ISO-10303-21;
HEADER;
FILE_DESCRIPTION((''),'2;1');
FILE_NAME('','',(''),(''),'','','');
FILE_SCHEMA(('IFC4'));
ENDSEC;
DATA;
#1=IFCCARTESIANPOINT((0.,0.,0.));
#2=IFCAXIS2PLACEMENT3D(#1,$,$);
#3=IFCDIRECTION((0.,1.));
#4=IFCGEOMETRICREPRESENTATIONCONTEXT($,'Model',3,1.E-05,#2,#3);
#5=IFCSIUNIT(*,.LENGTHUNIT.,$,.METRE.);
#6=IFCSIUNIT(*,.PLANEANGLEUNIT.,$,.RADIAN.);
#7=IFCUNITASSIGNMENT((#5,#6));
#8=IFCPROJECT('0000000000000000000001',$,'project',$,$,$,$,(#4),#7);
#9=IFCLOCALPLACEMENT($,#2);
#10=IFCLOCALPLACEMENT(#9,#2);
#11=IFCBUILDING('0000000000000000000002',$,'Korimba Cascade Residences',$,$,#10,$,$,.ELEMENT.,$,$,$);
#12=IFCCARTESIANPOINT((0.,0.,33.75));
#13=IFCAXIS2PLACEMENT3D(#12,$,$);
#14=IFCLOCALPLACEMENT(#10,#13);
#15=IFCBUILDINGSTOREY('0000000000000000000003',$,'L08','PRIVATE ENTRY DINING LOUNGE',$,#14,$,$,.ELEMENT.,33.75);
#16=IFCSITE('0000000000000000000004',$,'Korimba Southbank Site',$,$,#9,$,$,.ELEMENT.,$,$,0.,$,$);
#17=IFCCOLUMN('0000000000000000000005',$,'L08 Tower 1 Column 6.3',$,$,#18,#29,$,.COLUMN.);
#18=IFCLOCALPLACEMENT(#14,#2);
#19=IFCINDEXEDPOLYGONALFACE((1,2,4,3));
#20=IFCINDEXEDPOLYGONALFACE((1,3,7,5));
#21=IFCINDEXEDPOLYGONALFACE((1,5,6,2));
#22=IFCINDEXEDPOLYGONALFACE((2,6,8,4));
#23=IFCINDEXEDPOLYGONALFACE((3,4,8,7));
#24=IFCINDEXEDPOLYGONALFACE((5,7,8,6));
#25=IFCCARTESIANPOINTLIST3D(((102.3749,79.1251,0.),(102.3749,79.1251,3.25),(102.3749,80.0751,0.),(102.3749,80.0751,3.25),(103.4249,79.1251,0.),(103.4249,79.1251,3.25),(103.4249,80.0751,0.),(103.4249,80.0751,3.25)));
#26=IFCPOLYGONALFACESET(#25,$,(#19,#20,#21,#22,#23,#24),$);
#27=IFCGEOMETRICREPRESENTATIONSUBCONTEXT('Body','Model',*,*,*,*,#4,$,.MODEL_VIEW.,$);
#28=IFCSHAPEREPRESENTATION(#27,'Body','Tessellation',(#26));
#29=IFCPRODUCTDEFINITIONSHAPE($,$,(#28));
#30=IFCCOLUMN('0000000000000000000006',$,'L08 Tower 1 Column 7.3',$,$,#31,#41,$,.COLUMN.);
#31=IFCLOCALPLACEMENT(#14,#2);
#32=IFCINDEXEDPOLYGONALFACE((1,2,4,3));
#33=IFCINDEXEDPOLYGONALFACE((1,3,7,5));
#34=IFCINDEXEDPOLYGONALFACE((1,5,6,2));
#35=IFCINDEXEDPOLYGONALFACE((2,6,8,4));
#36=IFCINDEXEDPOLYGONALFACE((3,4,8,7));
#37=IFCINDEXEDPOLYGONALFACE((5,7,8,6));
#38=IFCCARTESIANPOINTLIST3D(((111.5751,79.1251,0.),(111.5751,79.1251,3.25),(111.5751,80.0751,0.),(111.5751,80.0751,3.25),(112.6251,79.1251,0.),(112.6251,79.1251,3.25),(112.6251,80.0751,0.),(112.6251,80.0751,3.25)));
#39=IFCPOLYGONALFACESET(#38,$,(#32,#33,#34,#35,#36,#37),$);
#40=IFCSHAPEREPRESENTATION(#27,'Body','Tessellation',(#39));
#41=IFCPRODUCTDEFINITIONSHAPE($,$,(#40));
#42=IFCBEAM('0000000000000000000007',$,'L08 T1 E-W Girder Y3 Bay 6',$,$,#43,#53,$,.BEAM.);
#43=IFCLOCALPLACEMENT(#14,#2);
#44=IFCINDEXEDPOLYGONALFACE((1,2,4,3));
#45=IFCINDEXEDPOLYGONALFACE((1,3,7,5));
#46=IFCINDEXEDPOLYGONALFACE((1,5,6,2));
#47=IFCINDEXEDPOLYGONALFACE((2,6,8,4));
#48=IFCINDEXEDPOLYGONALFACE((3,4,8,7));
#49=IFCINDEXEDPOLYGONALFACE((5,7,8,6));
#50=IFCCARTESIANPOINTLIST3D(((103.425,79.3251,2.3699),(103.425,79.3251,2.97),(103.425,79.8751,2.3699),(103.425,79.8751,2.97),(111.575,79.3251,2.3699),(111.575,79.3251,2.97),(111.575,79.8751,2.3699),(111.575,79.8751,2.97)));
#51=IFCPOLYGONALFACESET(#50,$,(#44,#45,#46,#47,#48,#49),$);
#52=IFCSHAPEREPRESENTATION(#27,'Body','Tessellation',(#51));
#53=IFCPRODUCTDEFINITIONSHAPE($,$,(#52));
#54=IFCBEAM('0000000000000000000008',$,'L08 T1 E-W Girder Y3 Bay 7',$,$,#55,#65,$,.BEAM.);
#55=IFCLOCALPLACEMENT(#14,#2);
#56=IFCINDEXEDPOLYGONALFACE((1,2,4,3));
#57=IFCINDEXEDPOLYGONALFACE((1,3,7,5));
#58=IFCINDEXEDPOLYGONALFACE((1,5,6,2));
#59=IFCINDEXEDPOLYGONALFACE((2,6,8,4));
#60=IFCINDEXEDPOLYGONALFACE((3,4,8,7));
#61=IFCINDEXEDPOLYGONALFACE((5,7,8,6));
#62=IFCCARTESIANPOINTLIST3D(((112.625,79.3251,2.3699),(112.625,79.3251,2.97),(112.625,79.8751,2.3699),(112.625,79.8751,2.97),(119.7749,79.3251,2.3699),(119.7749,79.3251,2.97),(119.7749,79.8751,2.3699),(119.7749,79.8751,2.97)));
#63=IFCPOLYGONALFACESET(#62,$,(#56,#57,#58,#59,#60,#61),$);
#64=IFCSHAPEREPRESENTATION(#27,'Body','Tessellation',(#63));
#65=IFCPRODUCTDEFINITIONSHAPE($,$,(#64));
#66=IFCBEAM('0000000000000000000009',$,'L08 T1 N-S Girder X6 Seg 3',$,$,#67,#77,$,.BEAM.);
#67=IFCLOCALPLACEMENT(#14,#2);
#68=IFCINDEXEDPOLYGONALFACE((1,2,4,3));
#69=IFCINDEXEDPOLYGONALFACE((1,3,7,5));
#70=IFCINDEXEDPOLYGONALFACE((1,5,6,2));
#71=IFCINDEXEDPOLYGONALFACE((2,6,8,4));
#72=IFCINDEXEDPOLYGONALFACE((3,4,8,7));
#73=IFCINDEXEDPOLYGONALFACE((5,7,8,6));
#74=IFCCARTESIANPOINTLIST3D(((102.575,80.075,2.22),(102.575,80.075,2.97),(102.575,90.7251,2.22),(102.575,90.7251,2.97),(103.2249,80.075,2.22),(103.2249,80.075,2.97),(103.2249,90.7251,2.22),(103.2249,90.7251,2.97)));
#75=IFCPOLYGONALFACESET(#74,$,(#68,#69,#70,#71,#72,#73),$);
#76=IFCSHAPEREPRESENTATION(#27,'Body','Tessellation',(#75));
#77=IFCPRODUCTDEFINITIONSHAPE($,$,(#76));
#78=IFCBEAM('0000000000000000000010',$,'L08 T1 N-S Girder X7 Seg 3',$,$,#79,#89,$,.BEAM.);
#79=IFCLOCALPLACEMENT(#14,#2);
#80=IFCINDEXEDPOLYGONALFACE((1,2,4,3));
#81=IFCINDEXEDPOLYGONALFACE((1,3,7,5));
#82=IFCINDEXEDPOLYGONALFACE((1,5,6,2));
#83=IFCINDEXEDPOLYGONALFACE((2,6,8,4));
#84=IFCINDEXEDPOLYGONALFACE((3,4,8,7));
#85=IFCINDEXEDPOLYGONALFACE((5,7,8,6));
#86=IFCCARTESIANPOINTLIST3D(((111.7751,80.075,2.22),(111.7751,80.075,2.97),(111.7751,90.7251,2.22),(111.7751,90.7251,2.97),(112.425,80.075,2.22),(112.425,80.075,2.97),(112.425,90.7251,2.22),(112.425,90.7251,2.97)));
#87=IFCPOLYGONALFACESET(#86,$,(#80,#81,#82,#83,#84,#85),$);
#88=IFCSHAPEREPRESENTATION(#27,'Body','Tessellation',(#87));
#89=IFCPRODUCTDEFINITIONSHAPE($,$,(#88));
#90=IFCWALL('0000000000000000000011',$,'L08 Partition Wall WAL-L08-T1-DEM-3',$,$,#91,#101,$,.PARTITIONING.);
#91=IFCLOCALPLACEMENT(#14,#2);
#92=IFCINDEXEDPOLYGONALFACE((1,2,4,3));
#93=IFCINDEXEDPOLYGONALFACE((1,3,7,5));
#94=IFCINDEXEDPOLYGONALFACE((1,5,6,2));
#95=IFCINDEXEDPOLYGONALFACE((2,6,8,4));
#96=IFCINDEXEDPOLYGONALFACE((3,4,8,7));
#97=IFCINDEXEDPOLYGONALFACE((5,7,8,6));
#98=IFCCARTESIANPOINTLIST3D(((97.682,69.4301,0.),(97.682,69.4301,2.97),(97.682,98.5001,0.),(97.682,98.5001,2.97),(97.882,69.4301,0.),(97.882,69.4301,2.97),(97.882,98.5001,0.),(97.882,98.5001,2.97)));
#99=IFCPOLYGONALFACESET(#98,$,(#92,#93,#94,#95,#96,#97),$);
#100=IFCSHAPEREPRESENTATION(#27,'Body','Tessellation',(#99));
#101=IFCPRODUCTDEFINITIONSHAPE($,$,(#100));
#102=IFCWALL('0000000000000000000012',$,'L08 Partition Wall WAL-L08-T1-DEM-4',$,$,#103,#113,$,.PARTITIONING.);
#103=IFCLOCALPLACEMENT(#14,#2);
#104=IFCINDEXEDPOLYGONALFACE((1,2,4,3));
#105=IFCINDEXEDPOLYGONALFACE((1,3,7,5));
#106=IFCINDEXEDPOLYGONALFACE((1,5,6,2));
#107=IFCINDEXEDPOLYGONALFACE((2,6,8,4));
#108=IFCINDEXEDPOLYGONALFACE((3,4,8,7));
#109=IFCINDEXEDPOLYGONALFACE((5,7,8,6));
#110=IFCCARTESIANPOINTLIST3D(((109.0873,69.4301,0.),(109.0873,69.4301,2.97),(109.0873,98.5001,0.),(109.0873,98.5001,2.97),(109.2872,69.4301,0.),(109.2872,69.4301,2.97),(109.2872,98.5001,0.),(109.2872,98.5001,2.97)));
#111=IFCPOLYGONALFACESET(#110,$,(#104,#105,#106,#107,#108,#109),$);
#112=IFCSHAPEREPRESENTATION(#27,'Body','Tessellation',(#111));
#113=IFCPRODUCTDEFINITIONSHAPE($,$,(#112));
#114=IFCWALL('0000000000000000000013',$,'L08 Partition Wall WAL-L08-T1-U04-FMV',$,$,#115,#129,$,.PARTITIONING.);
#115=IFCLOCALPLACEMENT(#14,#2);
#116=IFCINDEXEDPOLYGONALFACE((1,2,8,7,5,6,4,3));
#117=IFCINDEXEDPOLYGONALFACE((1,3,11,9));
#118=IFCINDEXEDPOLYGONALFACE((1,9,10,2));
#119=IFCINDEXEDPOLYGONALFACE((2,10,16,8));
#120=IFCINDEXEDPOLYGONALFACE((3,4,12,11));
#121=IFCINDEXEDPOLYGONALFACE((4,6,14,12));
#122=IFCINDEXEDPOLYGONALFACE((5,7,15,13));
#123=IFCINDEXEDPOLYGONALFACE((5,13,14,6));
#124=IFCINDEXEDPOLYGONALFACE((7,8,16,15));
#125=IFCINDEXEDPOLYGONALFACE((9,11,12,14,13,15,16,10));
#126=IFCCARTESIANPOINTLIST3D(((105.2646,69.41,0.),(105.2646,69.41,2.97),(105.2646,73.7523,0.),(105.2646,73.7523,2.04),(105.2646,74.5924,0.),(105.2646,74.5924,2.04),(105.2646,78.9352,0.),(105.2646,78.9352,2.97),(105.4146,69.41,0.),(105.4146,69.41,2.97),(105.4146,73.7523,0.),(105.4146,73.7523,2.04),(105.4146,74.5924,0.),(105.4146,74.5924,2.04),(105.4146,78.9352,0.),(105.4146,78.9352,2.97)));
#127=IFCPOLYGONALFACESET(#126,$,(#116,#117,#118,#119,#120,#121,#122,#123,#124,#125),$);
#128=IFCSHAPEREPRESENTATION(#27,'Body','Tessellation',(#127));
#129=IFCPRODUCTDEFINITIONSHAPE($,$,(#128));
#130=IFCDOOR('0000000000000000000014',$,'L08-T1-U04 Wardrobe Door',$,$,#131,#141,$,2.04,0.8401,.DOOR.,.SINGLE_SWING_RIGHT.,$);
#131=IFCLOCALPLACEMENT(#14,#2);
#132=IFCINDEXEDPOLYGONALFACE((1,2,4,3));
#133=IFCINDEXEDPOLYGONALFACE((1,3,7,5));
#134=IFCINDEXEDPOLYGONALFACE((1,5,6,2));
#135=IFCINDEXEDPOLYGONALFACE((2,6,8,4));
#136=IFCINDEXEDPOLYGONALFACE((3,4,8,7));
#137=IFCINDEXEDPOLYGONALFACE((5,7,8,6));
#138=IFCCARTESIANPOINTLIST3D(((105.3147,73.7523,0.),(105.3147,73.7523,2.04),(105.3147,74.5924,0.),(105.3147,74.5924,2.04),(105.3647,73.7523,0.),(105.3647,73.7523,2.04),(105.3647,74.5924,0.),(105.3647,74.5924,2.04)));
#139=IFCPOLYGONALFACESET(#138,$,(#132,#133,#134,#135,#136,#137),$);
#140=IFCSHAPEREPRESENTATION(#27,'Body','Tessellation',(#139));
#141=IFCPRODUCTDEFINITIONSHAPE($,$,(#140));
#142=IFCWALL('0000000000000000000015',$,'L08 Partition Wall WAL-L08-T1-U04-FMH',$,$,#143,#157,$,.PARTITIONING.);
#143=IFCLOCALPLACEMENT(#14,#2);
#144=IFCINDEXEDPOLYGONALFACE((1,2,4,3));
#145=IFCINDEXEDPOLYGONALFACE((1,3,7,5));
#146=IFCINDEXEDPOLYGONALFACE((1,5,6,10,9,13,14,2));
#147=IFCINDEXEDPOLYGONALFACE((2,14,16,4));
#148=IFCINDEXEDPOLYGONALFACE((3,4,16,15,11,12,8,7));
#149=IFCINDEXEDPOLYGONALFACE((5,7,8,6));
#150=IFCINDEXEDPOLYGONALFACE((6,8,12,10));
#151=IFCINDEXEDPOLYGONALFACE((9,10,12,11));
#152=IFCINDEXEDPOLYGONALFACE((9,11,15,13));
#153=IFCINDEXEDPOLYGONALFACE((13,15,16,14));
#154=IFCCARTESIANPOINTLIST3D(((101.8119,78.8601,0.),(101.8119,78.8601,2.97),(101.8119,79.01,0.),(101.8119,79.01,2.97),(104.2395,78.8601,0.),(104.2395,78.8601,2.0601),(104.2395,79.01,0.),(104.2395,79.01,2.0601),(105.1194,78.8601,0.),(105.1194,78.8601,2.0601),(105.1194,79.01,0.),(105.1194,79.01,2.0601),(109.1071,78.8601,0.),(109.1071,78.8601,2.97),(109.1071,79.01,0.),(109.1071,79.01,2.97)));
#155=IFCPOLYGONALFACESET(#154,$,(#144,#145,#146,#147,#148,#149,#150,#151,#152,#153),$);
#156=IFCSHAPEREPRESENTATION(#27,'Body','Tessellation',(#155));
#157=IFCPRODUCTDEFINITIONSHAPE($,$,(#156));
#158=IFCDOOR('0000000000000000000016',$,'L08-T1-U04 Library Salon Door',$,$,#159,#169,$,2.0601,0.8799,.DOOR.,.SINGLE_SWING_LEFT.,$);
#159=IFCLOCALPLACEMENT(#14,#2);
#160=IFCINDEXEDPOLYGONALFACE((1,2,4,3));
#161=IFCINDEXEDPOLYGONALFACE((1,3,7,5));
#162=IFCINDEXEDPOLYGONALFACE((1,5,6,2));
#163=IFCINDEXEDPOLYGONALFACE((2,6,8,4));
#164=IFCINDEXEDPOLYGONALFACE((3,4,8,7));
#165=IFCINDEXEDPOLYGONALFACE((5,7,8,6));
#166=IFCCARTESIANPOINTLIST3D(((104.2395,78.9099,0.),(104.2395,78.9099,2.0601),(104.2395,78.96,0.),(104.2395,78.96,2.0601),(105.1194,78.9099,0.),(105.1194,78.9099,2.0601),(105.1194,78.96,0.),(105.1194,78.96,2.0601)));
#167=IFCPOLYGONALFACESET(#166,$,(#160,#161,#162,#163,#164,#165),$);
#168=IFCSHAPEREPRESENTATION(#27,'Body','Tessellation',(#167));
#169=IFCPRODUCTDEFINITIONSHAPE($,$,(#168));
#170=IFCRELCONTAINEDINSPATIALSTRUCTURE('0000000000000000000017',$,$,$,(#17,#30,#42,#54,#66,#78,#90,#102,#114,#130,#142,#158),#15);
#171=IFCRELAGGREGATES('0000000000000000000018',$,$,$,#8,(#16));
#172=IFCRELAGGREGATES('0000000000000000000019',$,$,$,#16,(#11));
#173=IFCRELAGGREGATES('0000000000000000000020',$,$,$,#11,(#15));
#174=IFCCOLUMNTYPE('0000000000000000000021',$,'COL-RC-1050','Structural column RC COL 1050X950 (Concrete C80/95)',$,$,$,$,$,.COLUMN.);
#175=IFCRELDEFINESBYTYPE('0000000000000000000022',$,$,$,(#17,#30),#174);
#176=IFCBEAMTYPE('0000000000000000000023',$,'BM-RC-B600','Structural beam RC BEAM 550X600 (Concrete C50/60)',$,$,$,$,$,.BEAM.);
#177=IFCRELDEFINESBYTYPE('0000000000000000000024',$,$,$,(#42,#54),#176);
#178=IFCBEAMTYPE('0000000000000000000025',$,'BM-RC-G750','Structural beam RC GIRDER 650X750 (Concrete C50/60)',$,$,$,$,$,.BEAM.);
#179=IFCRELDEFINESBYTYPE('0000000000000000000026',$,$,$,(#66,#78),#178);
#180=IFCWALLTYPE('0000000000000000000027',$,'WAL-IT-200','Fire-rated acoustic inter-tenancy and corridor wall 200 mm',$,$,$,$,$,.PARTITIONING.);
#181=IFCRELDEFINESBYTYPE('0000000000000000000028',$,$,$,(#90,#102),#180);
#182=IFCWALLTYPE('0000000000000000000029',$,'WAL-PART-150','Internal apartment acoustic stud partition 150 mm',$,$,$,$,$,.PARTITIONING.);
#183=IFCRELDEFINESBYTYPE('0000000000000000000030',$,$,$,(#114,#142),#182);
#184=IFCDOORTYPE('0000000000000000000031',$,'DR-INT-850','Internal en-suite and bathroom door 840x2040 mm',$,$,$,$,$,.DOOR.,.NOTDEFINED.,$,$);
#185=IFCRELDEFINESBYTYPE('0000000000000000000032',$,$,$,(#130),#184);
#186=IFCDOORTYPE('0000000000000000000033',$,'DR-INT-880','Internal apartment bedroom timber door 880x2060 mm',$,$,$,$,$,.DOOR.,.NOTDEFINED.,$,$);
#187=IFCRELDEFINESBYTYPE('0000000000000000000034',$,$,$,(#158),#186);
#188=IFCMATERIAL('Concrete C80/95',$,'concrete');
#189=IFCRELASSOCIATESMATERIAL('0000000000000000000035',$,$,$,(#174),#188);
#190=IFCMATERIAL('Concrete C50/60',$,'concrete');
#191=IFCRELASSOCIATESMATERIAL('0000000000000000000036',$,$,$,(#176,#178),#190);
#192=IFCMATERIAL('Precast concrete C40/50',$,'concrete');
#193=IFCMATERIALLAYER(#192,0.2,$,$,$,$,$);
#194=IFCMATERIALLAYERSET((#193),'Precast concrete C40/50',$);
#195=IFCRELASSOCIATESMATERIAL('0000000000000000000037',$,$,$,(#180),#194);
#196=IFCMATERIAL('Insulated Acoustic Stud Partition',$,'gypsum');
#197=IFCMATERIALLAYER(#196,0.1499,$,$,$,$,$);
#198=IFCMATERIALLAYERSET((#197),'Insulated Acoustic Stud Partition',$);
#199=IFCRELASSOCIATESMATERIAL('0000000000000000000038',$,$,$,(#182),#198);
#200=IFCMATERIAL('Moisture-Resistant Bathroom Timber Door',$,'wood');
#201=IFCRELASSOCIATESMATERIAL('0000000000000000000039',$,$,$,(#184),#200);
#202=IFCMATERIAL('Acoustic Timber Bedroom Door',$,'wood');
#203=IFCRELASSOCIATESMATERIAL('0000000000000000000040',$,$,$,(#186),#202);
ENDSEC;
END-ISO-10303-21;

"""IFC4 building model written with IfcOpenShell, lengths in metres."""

from ifc_helpers import new_model, si_unit, direction, frame, frame_2d, origin, origin_2d, place, context, subcontext, project, spatial, rectangle, extrude, material, layer, layer_set, material_profile, profile_set, type_object, element, fill, save


model = new_model("IFC4")

# Units and contexts
model_context = context("Model", 3, precision=1e-05, world=origin(), true_north=direction((0.0, 1.0)))
body_context = subcontext(model_context, "Body", "Model", "MODEL_VIEW")
ifc_project = project(units=[si_unit("LENGTHUNIT", "METRE"), si_unit("PLANEANGLEUNIT", "RADIAN")], contexts=[model_context])

# Site, building, storey
site_placement = place(None, origin())
site = spatial("IfcSite", under=ifc_project, at=site_placement, Name="Korimba Southbank Site", CompositionType="ELEMENT", RefElevation=0.0)
building_placement = place(site_placement, origin())
building = spatial("IfcBuilding", under=site, at=building_placement, Name="Korimba Cascade Residences", CompositionType="ELEMENT")
storey_placement = place(building_placement, frame((0.0, 0.0, 33.75)))
storey = spatial("IfcBuildingStorey", under=building, at=storey_placement, Name="L08", Description="PRIVATE ENTRY DINING LOUNGE", CompositionType="ELEMENT", Elevation=33.75)

# Columns
ifc_material_1 = material(Name="Concrete C80/95", Category="concrete")
ifc_material_profile_1 = material_profile(ifc_material_1, rectangle(XDim=1.05, YDim=0.95, at=origin_2d()), Name="Concrete C80/95")
ifc_profile_set_1 = profile_set([ifc_material_profile_1], Name="Concrete C80/95")
column_type = type_object("IfcColumnType", Name="COL-RC-1050", Description="Structural column RC COL 1050X950 (Concrete C80/95)", PredefinedType="COLUMN", material=ifc_profile_set_1)
for number, where, z_axis, x_axis, name in (
    (1, (102.8999, 79.6001, 0.0), (0.0, 0.0, 1.0), (1.0, 0.0, 0.0), "L08 Tower 1 Column 6.3"),
    (2, (112.1001, 79.6001, 0.0), (0.0, 0.0, 1.0), (1.0, 0.0, 0.0), "L08 Tower 1 Column 7.3"),
):
    element("IfcColumn", number, at=place(storey_placement, frame(where, z_axis=z_axis, x_axis=x_axis)), inside=storey, type_object=column_type, Name=name, PredefinedType="COLUMN", context=body_context, shape_type="SweptSolid", body=[
        extrude(rectangle(XDim=1.05, YDim=0.95, at=origin_2d()), origin(), (0.0, 0.0, 1.0), 3.25),
    ])

# Beams
ifc_material_2 = material(Name="Concrete C50/60", Category="concrete")
ifc_material_profile_2 = material_profile(ifc_material_2, rectangle(XDim=0.55, YDim=0.6001, at=origin_2d()), Name="Concrete C50/60")
ifc_profile_set_2 = profile_set([ifc_material_profile_2], Name="Concrete C50/60")
beam_type_1 = type_object("IfcBeamType", Name="BM-RC-B600", Description="Structural beam RC BEAM 550X600 (Concrete C50/60)", PredefinedType="BEAM", material=ifc_profile_set_2)
beam_1_placement = place(storey_placement, frame((103.425, 79.6001, 2.6699), z_axis=(1.0, 0.0, 0.0), x_axis=(0.0, 1.0, 0.0)))
element("IfcBeam", 3, at=beam_1_placement, inside=storey, type_object=beam_type_1, Name="L08 T1 E-W Girder Y3 Bay 6", PredefinedType="BEAM", context=body_context, shape_type="SweptSolid", body=[
    extrude(rectangle(XDim=0.55, YDim=0.6001, at=origin_2d()), origin(), (0.0, 0.0, 1.0), 8.1499),
])
beam_2_placement = place(storey_placement, frame((112.625, 79.6001, 2.6699), z_axis=(1.0, 0.0, 0.0), x_axis=(0.0, 1.0, 0.0)))
element("IfcBeam", 4, at=beam_2_placement, inside=storey, type_object=beam_type_1, Name="L08 T1 E-W Girder Y3 Bay 7", PredefinedType="BEAM", context=body_context, shape_type="SweptSolid", body=[
    extrude(rectangle(XDim=0.55, YDim=0.6001, at=origin_2d()), origin(), (0.0, 0.0, 1.0), 7.1499),
])
ifc_material_profile_3 = material_profile(ifc_material_2, rectangle(XDim=0.6499, YDim=0.75, at=origin_2d()), Name="Concrete C50/60")
ifc_profile_set_3 = profile_set([ifc_material_profile_3], Name="Concrete C50/60")
beam_type_2 = type_object("IfcBeamType", Name="BM-RC-G750", Description="Structural beam RC GIRDER 650X750 (Concrete C50/60)", PredefinedType="BEAM", material=ifc_profile_set_3)
for number, where, z_axis, x_axis, name in (
    (5, (102.8999, 80.075, 2.595), (0.0, 1.0, 0.0), (-1.0, 0.0, 0.0), "L08 T1 N-S Girder X6 Seg 3"),
    (6, (112.1001, 80.075, 2.595), (0.0, 1.0, 0.0), (-1.0, 0.0, 0.0), "L08 T1 N-S Girder X7 Seg 3"),
):
    element("IfcBeam", number, at=place(storey_placement, frame(where, z_axis=z_axis, x_axis=x_axis)), inside=storey, type_object=beam_type_2, Name=name, PredefinedType="BEAM", context=body_context, shape_type="SweptSolid", body=[
        extrude(rectangle(XDim=0.6499, YDim=0.75, at=origin_2d()), origin(), (0.0, 0.0, 1.0), 10.6501),
    ])

# Walls
ifc_material_3 = material(Name="Precast concrete C40/50", Category="concrete")
ifc_layer_1 = layer(ifc_material_3, 0.2)
ifc_layer_set_1 = layer_set([ifc_layer_1], Name="Precast concrete C40/50")
wall_type_1 = type_object("IfcWallType", Name="WAL-IT-200", Description="Fire-rated acoustic inter-tenancy and corridor wall 200 mm", PredefinedType="PARTITIONING", material=ifc_layer_set_1)
for number, where, z_axis, x_axis, name in (
    (7, (97.782, 69.4299, 0.0), (0.0, 0.0, 1.0), (0.0, 1.0, 0.0), "L08 Partition Wall WAL-L08-T1-DEM-3"),
    (8, (109.1873, 69.4299, 0.0), (0.0, 0.0, 1.0), (0.0, 1.0, 0.0), "L08 Partition Wall WAL-L08-T1-DEM-4"),
):
    element("IfcWall", number, at=place(storey_placement, frame(where, z_axis=z_axis, x_axis=x_axis)), inside=storey, type_object=wall_type_1, Name=name, PredefinedType="PARTITIONING", context=body_context, shape_type="SweptSolid", body=[
        extrude(rectangle(XDim=29.0701, YDim=0.2, at=frame_2d((14.5352, 0.0))), origin(), (0.0, 0.0, 1.0), 2.97),
    ])

# Walls, openings, doors
ifc_material_4 = material(Name="Insulated Acoustic Stud Partition", Category="gypsum")
ifc_layer_2 = layer(ifc_material_4, 0.1499)
ifc_layer_set_2 = layer_set([ifc_layer_2], Name="Insulated Acoustic Stud Partition")
wall_type_2 = type_object("IfcWallType", Name="WAL-PART-150", Description="Internal apartment acoustic stud partition 150 mm", PredefinedType="PARTITIONING", material=ifc_layer_set_2)
wall_1_placement = place(storey_placement, frame((105.3396, 69.4099, 0.0), z_axis=(0.0, 0.0, 1.0), x_axis=(0.0, 1.0, 0.0)))
wall_1 = element("IfcWall", 9, at=wall_1_placement, inside=storey, type_object=wall_type_2, Name="L08 Partition Wall WAL-L08-T1-U04-FMV", PredefinedType="PARTITIONING", context=body_context, shape_type="SweptSolid", body=[
    extrude(rectangle(XDim=9.5251, YDim=0.1499, at=frame_2d((4.7627, 0.0))), origin(), (0.0, 0.0, 1.0), 2.97),
])
opening_1_placement = place(wall_1_placement, frame((4.3425, 0.0, 0.0)))
opening_1 = element("IfcOpeningElement", 10, at=opening_1_placement, cuts=wall_1, PredefinedType="OPENING", context=body_context, shape_type="SweptSolid", body=[
    extrude(rectangle(XDim=0.8401, YDim=2.04, at=frame_2d((0.4199, 1.02))), frame((0.0, 0.085, 0.0), z_axis=(0.0, -1.0, 0.0), x_axis=(1.0, 0.0, 0.0)), (0.0, 0.0, 1.0), 0.1699),
])
ifc_material_5 = material(Name="Moisture-Resistant Bathroom Timber Door", Category="wood")
door_type_1 = type_object("IfcDoorType", Name="DR-INT-850", Description="Internal en-suite and bathroom door 840x2040 mm", OperationType="NOTDEFINED", PredefinedType="DOOR", material=ifc_material_5)
door_1_placement = place(opening_1_placement, origin())
door_1 = element("IfcDoor", 11, at=door_1_placement, inside=storey, type_object=door_type_1, Name="L08-T1-U04 Wardrobe Door", OperationType="SINGLE_SWING_RIGHT", OverallHeight=2.04, OverallWidth=0.8401, PredefinedType="DOOR", context=body_context, shape_type="SweptSolid", body=[
    extrude(rectangle(XDim=0.8401, YDim=2.04, at=frame_2d((0.4199, 1.02))), frame((0.0, 0.0249, 0.0), z_axis=(0.0, -1.0, 0.0), x_axis=(1.0, 0.0, 0.0)), (0.0, 0.0, 1.0), 0.05),
])
fill(opening_1, door_1)
wall_2_placement = place(storey_placement, frame((101.812, 78.9351, 0.0), z_axis=(0.0, 0.0, 1.0), x_axis=(1.0, 0.0, 0.0)))
wall_2 = element("IfcWall", 12, at=wall_2_placement, inside=storey, type_object=wall_type_2, Name="L08 Partition Wall WAL-L08-T1-U04-FMH", PredefinedType="PARTITIONING", context=body_context, shape_type="SweptSolid", body=[
    extrude(rectangle(XDim=7.2952, YDim=0.1499, at=frame_2d((3.6475, 0.0))), origin(), (0.0, 0.0, 1.0), 2.97),
])
opening_2_placement = place(wall_2_placement, frame((2.4275, 0.0, 0.0)))
opening_2 = element("IfcOpeningElement", 13, at=opening_2_placement, cuts=wall_2, PredefinedType="OPENING", context=body_context, shape_type="SweptSolid", body=[
    extrude(rectangle(XDim=0.8799, YDim=2.0601, at=frame_2d((0.4399, 1.03))), frame((0.0, 0.085, 0.0), z_axis=(0.0, -1.0, 0.0), x_axis=(1.0, 0.0, 0.0)), (0.0, 0.0, 1.0), 0.1699),
])
ifc_material_6 = material(Name="Acoustic Timber Bedroom Door", Category="wood")
door_type_2 = type_object("IfcDoorType", Name="DR-INT-880", Description="Internal apartment bedroom timber door 880x2060 mm", OperationType="NOTDEFINED", PredefinedType="DOOR", material=ifc_material_6)
door_2_placement = place(opening_2_placement, origin())
door_2 = element("IfcDoor", 14, at=door_2_placement, inside=storey, type_object=door_type_2, Name="L08-T1-U04 Library Salon Door", OperationType="SINGLE_SWING_LEFT", OverallHeight=2.0601, OverallWidth=0.8799, PredefinedType="DOOR", context=body_context, shape_type="SweptSolid", body=[
    extrude(rectangle(XDim=0.8799, YDim=2.0601, at=frame_2d((0.4399, 1.03))), frame((0.0, 0.0249, 0.0), z_axis=(0.0, -1.0, 0.0), x_axis=(1.0, 0.0, 0.0)), (0.0, 0.0, 1.0), 0.05),
])
fill(opening_2, door_2)

save(model, "model.ifc")
